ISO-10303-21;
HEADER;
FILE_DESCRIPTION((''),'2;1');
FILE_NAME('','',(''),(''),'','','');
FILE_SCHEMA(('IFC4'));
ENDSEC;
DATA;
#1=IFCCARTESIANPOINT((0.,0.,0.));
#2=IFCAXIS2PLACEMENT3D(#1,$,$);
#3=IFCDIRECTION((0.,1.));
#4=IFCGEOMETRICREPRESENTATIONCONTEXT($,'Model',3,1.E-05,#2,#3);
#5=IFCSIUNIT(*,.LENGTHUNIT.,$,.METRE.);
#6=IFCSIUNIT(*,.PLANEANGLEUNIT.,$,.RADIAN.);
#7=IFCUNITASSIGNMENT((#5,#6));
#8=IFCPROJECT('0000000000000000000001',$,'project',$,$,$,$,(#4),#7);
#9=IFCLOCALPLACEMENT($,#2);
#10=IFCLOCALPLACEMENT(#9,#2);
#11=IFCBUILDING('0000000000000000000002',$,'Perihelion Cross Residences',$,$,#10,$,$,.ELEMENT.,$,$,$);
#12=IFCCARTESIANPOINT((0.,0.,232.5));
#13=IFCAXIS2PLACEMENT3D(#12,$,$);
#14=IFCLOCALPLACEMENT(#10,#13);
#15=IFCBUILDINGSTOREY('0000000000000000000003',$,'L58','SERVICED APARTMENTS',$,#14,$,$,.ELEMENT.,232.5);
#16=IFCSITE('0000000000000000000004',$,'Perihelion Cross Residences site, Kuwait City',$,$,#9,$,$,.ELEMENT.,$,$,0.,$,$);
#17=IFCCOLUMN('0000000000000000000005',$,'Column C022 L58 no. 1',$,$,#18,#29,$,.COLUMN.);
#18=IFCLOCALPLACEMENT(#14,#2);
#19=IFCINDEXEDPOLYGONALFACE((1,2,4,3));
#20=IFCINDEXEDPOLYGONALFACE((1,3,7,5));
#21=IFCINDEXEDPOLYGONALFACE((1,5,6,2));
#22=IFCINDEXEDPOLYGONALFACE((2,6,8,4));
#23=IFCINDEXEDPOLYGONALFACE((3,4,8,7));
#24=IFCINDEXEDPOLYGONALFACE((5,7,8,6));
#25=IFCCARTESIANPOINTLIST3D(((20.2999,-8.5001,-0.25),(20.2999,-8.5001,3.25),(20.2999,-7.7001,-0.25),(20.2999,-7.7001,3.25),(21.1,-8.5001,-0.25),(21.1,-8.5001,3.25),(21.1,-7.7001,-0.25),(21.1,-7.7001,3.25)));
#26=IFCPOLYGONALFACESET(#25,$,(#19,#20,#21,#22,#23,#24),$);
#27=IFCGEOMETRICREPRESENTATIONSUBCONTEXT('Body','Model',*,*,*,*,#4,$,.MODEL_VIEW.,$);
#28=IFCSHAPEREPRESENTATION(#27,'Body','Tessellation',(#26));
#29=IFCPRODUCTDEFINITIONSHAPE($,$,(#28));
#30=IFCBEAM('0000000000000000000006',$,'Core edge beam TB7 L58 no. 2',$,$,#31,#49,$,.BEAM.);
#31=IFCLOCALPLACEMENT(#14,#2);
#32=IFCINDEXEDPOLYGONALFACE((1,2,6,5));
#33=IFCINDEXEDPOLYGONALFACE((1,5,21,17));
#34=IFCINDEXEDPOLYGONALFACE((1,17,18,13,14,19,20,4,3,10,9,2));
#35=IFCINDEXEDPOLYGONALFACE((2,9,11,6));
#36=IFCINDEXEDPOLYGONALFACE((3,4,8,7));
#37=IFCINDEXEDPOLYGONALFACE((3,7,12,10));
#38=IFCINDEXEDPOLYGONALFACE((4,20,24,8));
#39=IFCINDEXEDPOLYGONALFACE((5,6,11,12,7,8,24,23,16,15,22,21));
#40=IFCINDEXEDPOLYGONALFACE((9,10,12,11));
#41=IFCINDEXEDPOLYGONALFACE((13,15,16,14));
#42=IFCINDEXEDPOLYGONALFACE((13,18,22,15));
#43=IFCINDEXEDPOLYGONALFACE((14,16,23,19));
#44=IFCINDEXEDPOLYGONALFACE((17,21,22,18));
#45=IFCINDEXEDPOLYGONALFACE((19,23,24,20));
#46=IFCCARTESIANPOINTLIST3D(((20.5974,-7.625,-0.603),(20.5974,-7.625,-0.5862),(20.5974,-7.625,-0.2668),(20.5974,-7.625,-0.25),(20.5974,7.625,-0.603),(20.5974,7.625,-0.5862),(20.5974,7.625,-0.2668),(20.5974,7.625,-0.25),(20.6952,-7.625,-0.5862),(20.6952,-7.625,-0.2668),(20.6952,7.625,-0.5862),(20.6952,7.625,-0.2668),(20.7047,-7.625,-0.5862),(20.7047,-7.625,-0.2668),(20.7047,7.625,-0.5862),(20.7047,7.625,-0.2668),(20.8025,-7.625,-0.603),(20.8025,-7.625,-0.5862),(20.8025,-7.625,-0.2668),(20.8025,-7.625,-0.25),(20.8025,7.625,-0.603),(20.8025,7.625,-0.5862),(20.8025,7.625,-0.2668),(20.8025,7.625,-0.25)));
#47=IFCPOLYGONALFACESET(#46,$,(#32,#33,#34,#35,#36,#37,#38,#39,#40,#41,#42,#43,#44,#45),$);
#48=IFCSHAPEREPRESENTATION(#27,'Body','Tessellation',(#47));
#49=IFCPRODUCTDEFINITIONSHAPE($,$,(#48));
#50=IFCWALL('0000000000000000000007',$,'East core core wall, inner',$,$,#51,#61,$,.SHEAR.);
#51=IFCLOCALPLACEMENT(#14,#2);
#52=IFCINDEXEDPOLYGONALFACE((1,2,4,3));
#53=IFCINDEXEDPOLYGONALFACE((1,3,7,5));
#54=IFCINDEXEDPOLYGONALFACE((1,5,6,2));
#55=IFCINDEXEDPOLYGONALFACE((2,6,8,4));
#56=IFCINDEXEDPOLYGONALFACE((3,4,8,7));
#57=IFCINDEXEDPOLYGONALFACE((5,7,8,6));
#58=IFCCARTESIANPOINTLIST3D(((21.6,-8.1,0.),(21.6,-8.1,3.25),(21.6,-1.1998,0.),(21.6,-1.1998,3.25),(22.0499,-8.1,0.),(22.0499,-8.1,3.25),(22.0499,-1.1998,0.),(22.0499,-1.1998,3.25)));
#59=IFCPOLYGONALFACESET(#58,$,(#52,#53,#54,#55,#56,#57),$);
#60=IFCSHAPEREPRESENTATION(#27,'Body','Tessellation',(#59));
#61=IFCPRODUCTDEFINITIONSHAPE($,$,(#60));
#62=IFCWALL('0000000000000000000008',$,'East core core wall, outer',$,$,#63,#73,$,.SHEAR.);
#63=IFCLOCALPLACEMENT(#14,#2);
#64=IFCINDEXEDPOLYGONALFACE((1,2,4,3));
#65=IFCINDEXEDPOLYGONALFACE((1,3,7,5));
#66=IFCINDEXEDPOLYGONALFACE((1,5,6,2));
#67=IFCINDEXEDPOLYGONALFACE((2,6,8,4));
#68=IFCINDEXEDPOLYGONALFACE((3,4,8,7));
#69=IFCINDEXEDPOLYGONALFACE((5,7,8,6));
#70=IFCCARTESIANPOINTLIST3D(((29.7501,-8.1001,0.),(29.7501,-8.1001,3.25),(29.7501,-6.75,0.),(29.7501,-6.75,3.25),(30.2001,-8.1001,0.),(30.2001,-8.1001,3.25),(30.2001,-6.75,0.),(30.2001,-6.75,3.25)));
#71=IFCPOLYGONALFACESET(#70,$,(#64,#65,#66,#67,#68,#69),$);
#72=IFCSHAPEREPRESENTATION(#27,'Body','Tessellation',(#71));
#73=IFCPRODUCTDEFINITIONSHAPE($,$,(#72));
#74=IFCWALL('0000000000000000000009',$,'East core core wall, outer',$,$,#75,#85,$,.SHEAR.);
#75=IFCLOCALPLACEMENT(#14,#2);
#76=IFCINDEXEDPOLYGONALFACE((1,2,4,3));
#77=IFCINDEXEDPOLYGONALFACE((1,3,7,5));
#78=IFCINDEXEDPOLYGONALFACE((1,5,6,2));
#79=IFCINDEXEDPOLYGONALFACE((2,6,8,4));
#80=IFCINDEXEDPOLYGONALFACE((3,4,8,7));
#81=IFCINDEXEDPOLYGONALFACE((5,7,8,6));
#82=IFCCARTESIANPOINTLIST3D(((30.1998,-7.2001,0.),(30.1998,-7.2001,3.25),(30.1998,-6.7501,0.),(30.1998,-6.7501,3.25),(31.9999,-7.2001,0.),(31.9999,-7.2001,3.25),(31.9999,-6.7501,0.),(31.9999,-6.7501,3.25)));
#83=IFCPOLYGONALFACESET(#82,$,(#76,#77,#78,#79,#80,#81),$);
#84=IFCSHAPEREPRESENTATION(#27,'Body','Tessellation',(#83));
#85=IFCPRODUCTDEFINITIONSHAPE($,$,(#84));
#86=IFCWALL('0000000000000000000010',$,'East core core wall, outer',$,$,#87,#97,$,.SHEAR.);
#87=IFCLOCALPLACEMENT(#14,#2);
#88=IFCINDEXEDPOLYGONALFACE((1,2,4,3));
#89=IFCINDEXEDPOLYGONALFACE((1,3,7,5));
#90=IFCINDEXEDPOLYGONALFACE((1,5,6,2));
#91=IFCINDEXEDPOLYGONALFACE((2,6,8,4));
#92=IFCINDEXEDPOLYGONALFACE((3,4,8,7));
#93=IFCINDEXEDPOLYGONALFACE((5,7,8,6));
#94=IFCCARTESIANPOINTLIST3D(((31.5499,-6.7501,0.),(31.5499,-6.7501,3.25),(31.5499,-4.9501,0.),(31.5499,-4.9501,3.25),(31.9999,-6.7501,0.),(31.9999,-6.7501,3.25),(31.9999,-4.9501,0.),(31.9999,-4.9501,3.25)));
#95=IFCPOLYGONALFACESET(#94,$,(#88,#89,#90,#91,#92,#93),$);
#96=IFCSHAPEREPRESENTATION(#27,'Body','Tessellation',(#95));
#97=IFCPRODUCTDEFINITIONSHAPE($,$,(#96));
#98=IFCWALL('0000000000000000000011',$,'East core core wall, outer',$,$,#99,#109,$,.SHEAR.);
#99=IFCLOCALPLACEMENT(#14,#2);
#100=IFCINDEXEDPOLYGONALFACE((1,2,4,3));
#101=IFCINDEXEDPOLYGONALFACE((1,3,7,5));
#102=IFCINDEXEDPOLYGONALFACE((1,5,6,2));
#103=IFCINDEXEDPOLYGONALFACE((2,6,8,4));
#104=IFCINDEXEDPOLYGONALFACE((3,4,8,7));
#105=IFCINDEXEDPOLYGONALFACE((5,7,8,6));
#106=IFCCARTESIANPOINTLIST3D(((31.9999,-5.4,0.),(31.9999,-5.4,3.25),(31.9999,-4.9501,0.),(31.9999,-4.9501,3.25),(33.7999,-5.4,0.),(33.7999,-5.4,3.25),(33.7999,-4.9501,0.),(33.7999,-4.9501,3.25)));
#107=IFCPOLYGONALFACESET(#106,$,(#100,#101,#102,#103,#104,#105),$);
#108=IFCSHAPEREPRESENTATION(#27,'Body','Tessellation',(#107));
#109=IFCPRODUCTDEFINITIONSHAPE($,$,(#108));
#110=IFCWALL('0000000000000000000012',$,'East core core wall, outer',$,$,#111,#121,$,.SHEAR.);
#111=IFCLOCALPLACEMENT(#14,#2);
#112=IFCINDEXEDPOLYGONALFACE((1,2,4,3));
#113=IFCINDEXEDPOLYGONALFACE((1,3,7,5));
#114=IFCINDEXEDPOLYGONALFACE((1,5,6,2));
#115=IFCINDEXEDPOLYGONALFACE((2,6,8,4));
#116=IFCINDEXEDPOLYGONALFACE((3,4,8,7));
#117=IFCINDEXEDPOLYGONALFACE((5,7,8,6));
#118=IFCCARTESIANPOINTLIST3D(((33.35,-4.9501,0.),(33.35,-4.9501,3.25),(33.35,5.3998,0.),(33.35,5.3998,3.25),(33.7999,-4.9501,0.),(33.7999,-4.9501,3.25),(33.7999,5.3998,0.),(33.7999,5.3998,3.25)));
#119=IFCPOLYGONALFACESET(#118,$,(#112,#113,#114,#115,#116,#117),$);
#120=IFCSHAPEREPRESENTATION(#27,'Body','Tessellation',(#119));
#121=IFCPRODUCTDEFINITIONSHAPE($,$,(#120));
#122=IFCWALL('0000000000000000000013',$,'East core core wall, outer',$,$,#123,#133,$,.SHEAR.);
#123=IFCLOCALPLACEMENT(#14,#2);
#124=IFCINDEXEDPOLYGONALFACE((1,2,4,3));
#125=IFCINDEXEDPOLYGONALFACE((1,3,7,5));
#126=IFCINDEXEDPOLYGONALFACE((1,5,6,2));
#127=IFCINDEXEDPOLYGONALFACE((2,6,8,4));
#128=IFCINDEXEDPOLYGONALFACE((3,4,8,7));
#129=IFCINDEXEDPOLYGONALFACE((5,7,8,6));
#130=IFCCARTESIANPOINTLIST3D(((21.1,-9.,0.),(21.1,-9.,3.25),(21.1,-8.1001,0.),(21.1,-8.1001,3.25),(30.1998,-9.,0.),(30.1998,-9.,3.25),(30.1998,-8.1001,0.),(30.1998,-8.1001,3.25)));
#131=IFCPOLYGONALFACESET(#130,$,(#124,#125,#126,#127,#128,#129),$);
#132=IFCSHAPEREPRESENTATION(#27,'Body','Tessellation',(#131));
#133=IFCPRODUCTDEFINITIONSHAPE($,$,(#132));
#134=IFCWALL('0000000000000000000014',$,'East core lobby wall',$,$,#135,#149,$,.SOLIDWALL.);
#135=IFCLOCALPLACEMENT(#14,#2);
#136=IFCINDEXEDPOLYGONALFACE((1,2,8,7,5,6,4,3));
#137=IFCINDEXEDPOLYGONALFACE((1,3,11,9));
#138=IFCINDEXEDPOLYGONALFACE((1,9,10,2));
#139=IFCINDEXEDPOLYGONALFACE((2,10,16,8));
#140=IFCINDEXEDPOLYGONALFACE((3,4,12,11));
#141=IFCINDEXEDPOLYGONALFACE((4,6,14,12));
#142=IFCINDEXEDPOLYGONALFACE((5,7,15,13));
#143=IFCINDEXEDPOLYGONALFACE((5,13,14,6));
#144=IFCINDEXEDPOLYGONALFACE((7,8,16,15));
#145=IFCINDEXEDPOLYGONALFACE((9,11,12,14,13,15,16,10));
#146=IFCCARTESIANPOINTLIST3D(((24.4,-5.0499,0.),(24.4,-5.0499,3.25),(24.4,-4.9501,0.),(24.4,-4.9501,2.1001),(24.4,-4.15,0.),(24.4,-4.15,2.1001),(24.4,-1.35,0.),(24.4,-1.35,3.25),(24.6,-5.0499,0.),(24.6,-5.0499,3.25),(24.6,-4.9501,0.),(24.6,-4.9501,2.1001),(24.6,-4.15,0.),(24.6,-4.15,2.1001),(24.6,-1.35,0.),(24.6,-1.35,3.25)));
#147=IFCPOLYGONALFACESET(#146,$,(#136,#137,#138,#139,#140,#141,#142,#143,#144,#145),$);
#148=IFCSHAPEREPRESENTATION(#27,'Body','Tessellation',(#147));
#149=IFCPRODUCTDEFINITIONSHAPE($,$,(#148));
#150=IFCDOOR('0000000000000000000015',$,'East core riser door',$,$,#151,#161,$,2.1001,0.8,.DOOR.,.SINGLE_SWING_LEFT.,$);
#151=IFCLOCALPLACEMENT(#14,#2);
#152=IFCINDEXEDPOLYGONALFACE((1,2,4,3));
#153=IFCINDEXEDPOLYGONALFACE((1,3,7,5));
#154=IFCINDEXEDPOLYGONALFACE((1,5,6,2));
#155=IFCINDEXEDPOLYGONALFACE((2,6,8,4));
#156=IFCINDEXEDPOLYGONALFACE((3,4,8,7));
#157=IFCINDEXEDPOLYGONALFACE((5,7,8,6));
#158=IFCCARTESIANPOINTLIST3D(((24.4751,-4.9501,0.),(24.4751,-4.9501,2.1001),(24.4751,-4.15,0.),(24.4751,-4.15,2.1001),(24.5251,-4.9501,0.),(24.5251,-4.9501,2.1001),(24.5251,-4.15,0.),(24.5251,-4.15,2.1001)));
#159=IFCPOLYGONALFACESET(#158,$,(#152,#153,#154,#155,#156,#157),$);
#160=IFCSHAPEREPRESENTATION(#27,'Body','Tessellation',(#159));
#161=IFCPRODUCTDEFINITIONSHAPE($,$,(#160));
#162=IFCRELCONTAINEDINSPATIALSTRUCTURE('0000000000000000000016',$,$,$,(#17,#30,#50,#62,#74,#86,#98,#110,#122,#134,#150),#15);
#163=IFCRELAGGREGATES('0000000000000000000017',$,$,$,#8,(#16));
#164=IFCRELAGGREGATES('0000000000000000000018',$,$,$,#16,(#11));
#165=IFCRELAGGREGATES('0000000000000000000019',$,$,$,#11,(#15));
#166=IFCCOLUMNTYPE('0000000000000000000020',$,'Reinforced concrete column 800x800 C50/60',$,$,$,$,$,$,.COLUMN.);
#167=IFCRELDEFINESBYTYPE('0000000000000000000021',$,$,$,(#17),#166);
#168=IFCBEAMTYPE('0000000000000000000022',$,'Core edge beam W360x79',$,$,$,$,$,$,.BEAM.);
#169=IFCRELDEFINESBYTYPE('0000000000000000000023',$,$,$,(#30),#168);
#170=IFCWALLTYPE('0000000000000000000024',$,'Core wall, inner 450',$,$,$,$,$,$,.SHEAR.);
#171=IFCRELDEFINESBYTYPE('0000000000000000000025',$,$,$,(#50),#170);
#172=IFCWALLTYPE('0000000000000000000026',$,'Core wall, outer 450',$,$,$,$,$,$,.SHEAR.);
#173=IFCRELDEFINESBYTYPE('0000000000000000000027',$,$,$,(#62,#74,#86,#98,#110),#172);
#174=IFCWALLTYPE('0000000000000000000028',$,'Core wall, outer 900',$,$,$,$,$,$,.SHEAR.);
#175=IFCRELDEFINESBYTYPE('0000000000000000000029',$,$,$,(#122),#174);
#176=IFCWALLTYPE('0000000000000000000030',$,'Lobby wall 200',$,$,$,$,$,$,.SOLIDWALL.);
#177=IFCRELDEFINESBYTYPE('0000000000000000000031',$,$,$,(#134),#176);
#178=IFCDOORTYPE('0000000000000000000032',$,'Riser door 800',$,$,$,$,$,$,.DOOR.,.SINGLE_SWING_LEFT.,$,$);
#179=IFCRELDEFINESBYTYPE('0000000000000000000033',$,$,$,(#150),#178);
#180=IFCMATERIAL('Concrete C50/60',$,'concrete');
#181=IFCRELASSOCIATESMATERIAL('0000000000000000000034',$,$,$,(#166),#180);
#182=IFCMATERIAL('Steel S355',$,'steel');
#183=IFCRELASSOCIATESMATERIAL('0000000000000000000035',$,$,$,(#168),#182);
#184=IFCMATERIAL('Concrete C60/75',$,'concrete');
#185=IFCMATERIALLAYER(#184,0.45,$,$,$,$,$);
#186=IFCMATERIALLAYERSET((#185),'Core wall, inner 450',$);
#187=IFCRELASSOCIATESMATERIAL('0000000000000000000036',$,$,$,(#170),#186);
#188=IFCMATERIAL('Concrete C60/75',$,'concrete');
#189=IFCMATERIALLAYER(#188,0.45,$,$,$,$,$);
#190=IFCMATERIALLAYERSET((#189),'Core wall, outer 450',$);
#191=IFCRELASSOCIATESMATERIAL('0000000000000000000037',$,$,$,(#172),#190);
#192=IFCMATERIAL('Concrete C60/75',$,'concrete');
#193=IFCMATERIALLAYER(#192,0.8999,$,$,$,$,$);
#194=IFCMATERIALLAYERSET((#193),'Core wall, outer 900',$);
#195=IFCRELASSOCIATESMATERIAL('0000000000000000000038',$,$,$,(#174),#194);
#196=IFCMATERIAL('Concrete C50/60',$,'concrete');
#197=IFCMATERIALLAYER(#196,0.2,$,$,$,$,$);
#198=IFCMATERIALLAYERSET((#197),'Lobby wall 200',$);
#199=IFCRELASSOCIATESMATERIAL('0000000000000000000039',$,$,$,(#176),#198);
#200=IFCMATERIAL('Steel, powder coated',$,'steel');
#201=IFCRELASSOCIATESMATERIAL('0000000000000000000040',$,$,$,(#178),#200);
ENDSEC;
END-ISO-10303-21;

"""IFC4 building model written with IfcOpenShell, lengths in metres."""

from ifc_helpers import new_model, si_unit, direction, frame, frame_2d, origin, origin_2d, place, context, subcontext, project, spatial, rectangle, i_section, extrude, material, layer, layer_set, material_profile, profile_set, type_object, element, fill, save


model = new_model("IFC4")

# Units and contexts
model_context = context("Model", 3, precision=1e-05, world=origin(), true_north=direction((0.0, 1.0)))
body_context = subcontext(model_context, "Body", "Model", "MODEL_VIEW")
ifc_project = project(units=[si_unit("LENGTHUNIT", "METRE"), si_unit("PLANEANGLEUNIT", "RADIAN")], contexts=[model_context])

# Site, building, storey
site_placement = place(None, origin())
site = spatial("IfcSite", under=ifc_project, at=site_placement, Name="Perihelion Cross Residences site, Kuwait City", CompositionType="ELEMENT", RefElevation=0.0)
building_placement = place(site_placement, origin())
building = spatial("IfcBuilding", under=site, at=building_placement, Name="Perihelion Cross Residences", CompositionType="ELEMENT")
storey_placement = place(building_placement, frame((0.0, 0.0, 232.5)))
storey = spatial("IfcBuildingStorey", under=building, at=storey_placement, Name="L58", Description="SERVICED APARTMENTS", CompositionType="ELEMENT", Elevation=232.5)

# Column
ifc_material_1 = material(Name="Concrete C50/60", Category="concrete")
ifc_material_profile_1 = material_profile(ifc_material_1, rectangle(XDim=0.8, YDim=0.8, at=origin_2d()), Name="RC 800x800")
ifc_profile_set_1 = profile_set([ifc_material_profile_1], Name="Concrete C50/60")
column_type = type_object("IfcColumnType", Name="Reinforced concrete column 800x800 C50/60", PredefinedType="COLUMN", material=ifc_profile_set_1)
column_placement = place(storey_placement, frame((20.7, -8.1001, -0.25), z_axis=(0.0, 0.0, 1.0), x_axis=(1.0, 0.0, 0.0)))
element("IfcColumn", 1, at=column_placement, inside=storey, type_object=column_type, Name="Column C022 L58 no. 1", PredefinedType="COLUMN", context=body_context, shape_type="SweptSolid", body=[
    extrude(rectangle(XDim=0.8, YDim=0.8, at=origin_2d()), origin(), (0.0, 0.0, 1.0), 3.5),
])

# Beam
ifc_material_2 = material(Name="Steel S355", Category="steel")
ifc_material_profile_2 = material_profile(ifc_material_2, i_section(OverallWidth=0.2051, OverallDepth=0.353, WebThickness=0.0095, FlangeThickness=0.0168, at=origin_2d()), Name="W360x79")
ifc_profile_set_2 = profile_set([ifc_material_profile_2], Name="Steel S355")
beam_type = type_object("IfcBeamType", Name="Core edge beam W360x79", PredefinedType="BEAM", material=ifc_profile_set_2)
beam_placement = place(storey_placement, frame((20.7, -7.625, -0.4265), z_axis=(0.0, 1.0, 0.0), x_axis=(-1.0, 0.0, 0.0)))
element("IfcBeam", 2, at=beam_placement, inside=storey, type_object=beam_type, Name="Core edge beam TB7 L58 no. 2", PredefinedType="BEAM", context=body_context, shape_type="SweptSolid", body=[
    extrude(i_section(OverallWidth=0.2051, OverallDepth=0.353, WebThickness=0.0095, FlangeThickness=0.0168, at=origin_2d()), origin(), (0.0, 0.0, 1.0), 15.25),
])

# Walls
ifc_material_3 = material(Name="Concrete C60/75", Category="concrete")
ifc_layer_1 = layer(ifc_material_3, 0.45)
ifc_layer_set_1 = layer_set([ifc_layer_1], Name="Core wall, inner 450")
wall_type_1 = type_object("IfcWallType", Name="Core wall, inner 450", PredefinedType="SHEAR", material=ifc_layer_set_1)
wall_1_placement = place(storey_placement, frame((21.825, -8.1001, 0.0), z_axis=(0.0, 0.0, 1.0), x_axis=(0.0, 1.0, 0.0)))
element("IfcWall", 3, at=wall_1_placement, inside=storey, type_object=wall_type_1, Name="East core core wall, inner", PredefinedType="SHEAR", context=body_context, shape_type="SweptSolid", body=[
    extrude(rectangle(XDim=6.9001, YDim=0.45, at=frame_2d((3.4502, 0.0))), origin(), (0.0, 0.0, 1.0), 3.25),
])
ifc_material_4 = material(Name="Concrete C60/75", Category="concrete")
ifc_layer_2 = layer(ifc_material_4, 0.45)
ifc_layer_set_2 = layer_set([ifc_layer_2], Name="Core wall, outer 450")
wall_type_2 = type_object("IfcWallType", Name="Core wall, outer 450", PredefinedType="SHEAR", material=ifc_layer_set_2)
wall_2_placement = place(storey_placement, frame((29.9751, -8.1001, 0.0), z_axis=(0.0, 0.0, 1.0), x_axis=(0.0, 1.0, 0.0)))
element("IfcWall", 4, at=wall_2_placement, inside=storey, type_object=wall_type_2, Name="East core core wall, outer", PredefinedType="SHEAR", context=body_context, shape_type="SweptSolid", body=[
    extrude(rectangle(XDim=1.3501, YDim=0.45, at=frame_2d((0.675, 0.0))), origin(), (0.0, 0.0, 1.0), 3.25),
])
for number, where, z_axis, x_axis, name in (
    (5, (30.2, -6.9751, 0.0), (0.0, 0.0, 1.0), (1.0, 0.0, 0.0), "East core core wall, outer"),
    (6, (31.7749, -6.75, 0.0), (0.0, 0.0, 1.0), (0.0, 1.0, 0.0), "East core core wall, outer"),
    (7, (32.0, -5.175, 0.0), (0.0, 0.0, 1.0), (1.0, 0.0, 0.0), "East core core wall, outer"),
):
    element("IfcWall", number, at=place(storey_placement, frame(where, z_axis=z_axis, x_axis=x_axis)), inside=storey, type_object=wall_type_2, Name=name, PredefinedType="SHEAR", context=body_context, shape_type="SweptSolid", body=[
        extrude(rectangle(XDim=1.8, YDim=0.45, at=frame_2d((0.8999, 0.0))), origin(), (0.0, 0.0, 1.0), 3.25),
    ])
wall_3_placement = place(storey_placement, frame((33.575, -4.95, 0.0), z_axis=(0.0, 0.0, 1.0), x_axis=(0.0, 1.0, 0.0)))
element("IfcWall", 8, at=wall_3_placement, inside=storey, type_object=wall_type_2, Name="East core core wall, outer", PredefinedType="SHEAR", context=body_context, shape_type="SweptSolid", body=[
    extrude(rectangle(XDim=10.3499, YDim=0.45, at=frame_2d((5.1748, 0.0))), origin(), (0.0, 0.0, 1.0), 3.25),
])
ifc_material_5 = material(Name="Concrete C60/75", Category="concrete")
ifc_layer_3 = layer(ifc_material_5, 0.8999)
ifc_layer_set_3 = layer_set([ifc_layer_3], Name="Core wall, outer 900")
wall_type_3 = type_object("IfcWallType", Name="Core wall, outer 900", PredefinedType="SHEAR", material=ifc_layer_set_3)
wall_4_placement = place(storey_placement, frame((21.1001, -8.55, 0.0), z_axis=(0.0, 0.0, 1.0), x_axis=(1.0, 0.0, 0.0)))
element("IfcWall", 9, at=wall_4_placement, inside=storey, type_object=wall_type_3, Name="East core core wall, outer", PredefinedType="SHEAR", context=body_context, shape_type="SweptSolid", body=[
    extrude(rectangle(XDim=9.0999, YDim=0.8999, at=frame_2d((4.5498, 0.0))), origin(), (0.0, 0.0, 1.0), 3.25),
])

# Wall, opening, door
ifc_material_6 = material(Name="Concrete C50/60", Category="concrete")
ifc_layer_4 = layer(ifc_material_6, 0.2)
ifc_layer_set_4 = layer_set([ifc_layer_4], Name="Lobby wall 200")
wall_type_4 = type_object("IfcWallType", Name="Lobby wall 200", PredefinedType="SOLIDWALL", material=ifc_layer_set_4)
wall_5_placement = place(storey_placement, frame((24.5, -5.05, 0.0), z_axis=(0.0, 0.0, 1.0), x_axis=(0.0, 1.0, 0.0)))
wall_5 = element("IfcWall", 10, at=wall_5_placement, inside=storey, type_object=wall_type_4, Name="East core lobby wall", PredefinedType="SOLIDWALL", context=body_context, shape_type="SweptSolid", body=[
    extrude(rectangle(XDim=3.7, YDim=0.2, at=frame_2d((1.8501, 0.0))), origin(), (0.0, 0.0, 1.0), 3.25),
])
opening_1_placement = place(wall_5_placement, frame((0.1001, 0.0, 0.0)))
opening_1 = element("IfcOpeningElement", 11, at=opening_1_placement, cuts=wall_5, PredefinedType="OPENING", context=body_context, shape_type="SweptSolid", body=[
    extrude(rectangle(XDim=0.8, YDim=2.1001, at=frame_2d((0.3999, 1.05))), frame((0.0, 0.1099, 0.0), z_axis=(0.0, -1.0, 0.0), x_axis=(1.0, 0.0, 0.0)), (0.0, 0.0, 1.0), 0.22),
])
ifc_material_7 = material(Name="Steel, powder coated", Category="steel")
door_type_1 = type_object("IfcDoorType", Name="Riser door 800", OperationType="SINGLE_SWING_LEFT", PredefinedType="DOOR", material=ifc_material_7)
door_1_placement = place(opening_1_placement, origin())
door_1 = element("IfcDoor", 12, at=door_1_placement, inside=storey, type_object=door_type_1, Name="East core riser door", OperationType="SINGLE_SWING_LEFT", OverallHeight=2.1001, OverallWidth=0.8, PredefinedType="DOOR", context=body_context, shape_type="SweptSolid", body=[
    extrude(rectangle(XDim=0.8, YDim=2.1001, at=frame_2d((0.3999, 1.05))), frame((0.0, 0.0249, 0.0), z_axis=(0.0, -1.0, 0.0), x_axis=(1.0, 0.0, 0.0)), (0.0, 0.0, 1.0), 0.05),
])
fill(opening_1, door_1)

save(model, "model.ifc")
